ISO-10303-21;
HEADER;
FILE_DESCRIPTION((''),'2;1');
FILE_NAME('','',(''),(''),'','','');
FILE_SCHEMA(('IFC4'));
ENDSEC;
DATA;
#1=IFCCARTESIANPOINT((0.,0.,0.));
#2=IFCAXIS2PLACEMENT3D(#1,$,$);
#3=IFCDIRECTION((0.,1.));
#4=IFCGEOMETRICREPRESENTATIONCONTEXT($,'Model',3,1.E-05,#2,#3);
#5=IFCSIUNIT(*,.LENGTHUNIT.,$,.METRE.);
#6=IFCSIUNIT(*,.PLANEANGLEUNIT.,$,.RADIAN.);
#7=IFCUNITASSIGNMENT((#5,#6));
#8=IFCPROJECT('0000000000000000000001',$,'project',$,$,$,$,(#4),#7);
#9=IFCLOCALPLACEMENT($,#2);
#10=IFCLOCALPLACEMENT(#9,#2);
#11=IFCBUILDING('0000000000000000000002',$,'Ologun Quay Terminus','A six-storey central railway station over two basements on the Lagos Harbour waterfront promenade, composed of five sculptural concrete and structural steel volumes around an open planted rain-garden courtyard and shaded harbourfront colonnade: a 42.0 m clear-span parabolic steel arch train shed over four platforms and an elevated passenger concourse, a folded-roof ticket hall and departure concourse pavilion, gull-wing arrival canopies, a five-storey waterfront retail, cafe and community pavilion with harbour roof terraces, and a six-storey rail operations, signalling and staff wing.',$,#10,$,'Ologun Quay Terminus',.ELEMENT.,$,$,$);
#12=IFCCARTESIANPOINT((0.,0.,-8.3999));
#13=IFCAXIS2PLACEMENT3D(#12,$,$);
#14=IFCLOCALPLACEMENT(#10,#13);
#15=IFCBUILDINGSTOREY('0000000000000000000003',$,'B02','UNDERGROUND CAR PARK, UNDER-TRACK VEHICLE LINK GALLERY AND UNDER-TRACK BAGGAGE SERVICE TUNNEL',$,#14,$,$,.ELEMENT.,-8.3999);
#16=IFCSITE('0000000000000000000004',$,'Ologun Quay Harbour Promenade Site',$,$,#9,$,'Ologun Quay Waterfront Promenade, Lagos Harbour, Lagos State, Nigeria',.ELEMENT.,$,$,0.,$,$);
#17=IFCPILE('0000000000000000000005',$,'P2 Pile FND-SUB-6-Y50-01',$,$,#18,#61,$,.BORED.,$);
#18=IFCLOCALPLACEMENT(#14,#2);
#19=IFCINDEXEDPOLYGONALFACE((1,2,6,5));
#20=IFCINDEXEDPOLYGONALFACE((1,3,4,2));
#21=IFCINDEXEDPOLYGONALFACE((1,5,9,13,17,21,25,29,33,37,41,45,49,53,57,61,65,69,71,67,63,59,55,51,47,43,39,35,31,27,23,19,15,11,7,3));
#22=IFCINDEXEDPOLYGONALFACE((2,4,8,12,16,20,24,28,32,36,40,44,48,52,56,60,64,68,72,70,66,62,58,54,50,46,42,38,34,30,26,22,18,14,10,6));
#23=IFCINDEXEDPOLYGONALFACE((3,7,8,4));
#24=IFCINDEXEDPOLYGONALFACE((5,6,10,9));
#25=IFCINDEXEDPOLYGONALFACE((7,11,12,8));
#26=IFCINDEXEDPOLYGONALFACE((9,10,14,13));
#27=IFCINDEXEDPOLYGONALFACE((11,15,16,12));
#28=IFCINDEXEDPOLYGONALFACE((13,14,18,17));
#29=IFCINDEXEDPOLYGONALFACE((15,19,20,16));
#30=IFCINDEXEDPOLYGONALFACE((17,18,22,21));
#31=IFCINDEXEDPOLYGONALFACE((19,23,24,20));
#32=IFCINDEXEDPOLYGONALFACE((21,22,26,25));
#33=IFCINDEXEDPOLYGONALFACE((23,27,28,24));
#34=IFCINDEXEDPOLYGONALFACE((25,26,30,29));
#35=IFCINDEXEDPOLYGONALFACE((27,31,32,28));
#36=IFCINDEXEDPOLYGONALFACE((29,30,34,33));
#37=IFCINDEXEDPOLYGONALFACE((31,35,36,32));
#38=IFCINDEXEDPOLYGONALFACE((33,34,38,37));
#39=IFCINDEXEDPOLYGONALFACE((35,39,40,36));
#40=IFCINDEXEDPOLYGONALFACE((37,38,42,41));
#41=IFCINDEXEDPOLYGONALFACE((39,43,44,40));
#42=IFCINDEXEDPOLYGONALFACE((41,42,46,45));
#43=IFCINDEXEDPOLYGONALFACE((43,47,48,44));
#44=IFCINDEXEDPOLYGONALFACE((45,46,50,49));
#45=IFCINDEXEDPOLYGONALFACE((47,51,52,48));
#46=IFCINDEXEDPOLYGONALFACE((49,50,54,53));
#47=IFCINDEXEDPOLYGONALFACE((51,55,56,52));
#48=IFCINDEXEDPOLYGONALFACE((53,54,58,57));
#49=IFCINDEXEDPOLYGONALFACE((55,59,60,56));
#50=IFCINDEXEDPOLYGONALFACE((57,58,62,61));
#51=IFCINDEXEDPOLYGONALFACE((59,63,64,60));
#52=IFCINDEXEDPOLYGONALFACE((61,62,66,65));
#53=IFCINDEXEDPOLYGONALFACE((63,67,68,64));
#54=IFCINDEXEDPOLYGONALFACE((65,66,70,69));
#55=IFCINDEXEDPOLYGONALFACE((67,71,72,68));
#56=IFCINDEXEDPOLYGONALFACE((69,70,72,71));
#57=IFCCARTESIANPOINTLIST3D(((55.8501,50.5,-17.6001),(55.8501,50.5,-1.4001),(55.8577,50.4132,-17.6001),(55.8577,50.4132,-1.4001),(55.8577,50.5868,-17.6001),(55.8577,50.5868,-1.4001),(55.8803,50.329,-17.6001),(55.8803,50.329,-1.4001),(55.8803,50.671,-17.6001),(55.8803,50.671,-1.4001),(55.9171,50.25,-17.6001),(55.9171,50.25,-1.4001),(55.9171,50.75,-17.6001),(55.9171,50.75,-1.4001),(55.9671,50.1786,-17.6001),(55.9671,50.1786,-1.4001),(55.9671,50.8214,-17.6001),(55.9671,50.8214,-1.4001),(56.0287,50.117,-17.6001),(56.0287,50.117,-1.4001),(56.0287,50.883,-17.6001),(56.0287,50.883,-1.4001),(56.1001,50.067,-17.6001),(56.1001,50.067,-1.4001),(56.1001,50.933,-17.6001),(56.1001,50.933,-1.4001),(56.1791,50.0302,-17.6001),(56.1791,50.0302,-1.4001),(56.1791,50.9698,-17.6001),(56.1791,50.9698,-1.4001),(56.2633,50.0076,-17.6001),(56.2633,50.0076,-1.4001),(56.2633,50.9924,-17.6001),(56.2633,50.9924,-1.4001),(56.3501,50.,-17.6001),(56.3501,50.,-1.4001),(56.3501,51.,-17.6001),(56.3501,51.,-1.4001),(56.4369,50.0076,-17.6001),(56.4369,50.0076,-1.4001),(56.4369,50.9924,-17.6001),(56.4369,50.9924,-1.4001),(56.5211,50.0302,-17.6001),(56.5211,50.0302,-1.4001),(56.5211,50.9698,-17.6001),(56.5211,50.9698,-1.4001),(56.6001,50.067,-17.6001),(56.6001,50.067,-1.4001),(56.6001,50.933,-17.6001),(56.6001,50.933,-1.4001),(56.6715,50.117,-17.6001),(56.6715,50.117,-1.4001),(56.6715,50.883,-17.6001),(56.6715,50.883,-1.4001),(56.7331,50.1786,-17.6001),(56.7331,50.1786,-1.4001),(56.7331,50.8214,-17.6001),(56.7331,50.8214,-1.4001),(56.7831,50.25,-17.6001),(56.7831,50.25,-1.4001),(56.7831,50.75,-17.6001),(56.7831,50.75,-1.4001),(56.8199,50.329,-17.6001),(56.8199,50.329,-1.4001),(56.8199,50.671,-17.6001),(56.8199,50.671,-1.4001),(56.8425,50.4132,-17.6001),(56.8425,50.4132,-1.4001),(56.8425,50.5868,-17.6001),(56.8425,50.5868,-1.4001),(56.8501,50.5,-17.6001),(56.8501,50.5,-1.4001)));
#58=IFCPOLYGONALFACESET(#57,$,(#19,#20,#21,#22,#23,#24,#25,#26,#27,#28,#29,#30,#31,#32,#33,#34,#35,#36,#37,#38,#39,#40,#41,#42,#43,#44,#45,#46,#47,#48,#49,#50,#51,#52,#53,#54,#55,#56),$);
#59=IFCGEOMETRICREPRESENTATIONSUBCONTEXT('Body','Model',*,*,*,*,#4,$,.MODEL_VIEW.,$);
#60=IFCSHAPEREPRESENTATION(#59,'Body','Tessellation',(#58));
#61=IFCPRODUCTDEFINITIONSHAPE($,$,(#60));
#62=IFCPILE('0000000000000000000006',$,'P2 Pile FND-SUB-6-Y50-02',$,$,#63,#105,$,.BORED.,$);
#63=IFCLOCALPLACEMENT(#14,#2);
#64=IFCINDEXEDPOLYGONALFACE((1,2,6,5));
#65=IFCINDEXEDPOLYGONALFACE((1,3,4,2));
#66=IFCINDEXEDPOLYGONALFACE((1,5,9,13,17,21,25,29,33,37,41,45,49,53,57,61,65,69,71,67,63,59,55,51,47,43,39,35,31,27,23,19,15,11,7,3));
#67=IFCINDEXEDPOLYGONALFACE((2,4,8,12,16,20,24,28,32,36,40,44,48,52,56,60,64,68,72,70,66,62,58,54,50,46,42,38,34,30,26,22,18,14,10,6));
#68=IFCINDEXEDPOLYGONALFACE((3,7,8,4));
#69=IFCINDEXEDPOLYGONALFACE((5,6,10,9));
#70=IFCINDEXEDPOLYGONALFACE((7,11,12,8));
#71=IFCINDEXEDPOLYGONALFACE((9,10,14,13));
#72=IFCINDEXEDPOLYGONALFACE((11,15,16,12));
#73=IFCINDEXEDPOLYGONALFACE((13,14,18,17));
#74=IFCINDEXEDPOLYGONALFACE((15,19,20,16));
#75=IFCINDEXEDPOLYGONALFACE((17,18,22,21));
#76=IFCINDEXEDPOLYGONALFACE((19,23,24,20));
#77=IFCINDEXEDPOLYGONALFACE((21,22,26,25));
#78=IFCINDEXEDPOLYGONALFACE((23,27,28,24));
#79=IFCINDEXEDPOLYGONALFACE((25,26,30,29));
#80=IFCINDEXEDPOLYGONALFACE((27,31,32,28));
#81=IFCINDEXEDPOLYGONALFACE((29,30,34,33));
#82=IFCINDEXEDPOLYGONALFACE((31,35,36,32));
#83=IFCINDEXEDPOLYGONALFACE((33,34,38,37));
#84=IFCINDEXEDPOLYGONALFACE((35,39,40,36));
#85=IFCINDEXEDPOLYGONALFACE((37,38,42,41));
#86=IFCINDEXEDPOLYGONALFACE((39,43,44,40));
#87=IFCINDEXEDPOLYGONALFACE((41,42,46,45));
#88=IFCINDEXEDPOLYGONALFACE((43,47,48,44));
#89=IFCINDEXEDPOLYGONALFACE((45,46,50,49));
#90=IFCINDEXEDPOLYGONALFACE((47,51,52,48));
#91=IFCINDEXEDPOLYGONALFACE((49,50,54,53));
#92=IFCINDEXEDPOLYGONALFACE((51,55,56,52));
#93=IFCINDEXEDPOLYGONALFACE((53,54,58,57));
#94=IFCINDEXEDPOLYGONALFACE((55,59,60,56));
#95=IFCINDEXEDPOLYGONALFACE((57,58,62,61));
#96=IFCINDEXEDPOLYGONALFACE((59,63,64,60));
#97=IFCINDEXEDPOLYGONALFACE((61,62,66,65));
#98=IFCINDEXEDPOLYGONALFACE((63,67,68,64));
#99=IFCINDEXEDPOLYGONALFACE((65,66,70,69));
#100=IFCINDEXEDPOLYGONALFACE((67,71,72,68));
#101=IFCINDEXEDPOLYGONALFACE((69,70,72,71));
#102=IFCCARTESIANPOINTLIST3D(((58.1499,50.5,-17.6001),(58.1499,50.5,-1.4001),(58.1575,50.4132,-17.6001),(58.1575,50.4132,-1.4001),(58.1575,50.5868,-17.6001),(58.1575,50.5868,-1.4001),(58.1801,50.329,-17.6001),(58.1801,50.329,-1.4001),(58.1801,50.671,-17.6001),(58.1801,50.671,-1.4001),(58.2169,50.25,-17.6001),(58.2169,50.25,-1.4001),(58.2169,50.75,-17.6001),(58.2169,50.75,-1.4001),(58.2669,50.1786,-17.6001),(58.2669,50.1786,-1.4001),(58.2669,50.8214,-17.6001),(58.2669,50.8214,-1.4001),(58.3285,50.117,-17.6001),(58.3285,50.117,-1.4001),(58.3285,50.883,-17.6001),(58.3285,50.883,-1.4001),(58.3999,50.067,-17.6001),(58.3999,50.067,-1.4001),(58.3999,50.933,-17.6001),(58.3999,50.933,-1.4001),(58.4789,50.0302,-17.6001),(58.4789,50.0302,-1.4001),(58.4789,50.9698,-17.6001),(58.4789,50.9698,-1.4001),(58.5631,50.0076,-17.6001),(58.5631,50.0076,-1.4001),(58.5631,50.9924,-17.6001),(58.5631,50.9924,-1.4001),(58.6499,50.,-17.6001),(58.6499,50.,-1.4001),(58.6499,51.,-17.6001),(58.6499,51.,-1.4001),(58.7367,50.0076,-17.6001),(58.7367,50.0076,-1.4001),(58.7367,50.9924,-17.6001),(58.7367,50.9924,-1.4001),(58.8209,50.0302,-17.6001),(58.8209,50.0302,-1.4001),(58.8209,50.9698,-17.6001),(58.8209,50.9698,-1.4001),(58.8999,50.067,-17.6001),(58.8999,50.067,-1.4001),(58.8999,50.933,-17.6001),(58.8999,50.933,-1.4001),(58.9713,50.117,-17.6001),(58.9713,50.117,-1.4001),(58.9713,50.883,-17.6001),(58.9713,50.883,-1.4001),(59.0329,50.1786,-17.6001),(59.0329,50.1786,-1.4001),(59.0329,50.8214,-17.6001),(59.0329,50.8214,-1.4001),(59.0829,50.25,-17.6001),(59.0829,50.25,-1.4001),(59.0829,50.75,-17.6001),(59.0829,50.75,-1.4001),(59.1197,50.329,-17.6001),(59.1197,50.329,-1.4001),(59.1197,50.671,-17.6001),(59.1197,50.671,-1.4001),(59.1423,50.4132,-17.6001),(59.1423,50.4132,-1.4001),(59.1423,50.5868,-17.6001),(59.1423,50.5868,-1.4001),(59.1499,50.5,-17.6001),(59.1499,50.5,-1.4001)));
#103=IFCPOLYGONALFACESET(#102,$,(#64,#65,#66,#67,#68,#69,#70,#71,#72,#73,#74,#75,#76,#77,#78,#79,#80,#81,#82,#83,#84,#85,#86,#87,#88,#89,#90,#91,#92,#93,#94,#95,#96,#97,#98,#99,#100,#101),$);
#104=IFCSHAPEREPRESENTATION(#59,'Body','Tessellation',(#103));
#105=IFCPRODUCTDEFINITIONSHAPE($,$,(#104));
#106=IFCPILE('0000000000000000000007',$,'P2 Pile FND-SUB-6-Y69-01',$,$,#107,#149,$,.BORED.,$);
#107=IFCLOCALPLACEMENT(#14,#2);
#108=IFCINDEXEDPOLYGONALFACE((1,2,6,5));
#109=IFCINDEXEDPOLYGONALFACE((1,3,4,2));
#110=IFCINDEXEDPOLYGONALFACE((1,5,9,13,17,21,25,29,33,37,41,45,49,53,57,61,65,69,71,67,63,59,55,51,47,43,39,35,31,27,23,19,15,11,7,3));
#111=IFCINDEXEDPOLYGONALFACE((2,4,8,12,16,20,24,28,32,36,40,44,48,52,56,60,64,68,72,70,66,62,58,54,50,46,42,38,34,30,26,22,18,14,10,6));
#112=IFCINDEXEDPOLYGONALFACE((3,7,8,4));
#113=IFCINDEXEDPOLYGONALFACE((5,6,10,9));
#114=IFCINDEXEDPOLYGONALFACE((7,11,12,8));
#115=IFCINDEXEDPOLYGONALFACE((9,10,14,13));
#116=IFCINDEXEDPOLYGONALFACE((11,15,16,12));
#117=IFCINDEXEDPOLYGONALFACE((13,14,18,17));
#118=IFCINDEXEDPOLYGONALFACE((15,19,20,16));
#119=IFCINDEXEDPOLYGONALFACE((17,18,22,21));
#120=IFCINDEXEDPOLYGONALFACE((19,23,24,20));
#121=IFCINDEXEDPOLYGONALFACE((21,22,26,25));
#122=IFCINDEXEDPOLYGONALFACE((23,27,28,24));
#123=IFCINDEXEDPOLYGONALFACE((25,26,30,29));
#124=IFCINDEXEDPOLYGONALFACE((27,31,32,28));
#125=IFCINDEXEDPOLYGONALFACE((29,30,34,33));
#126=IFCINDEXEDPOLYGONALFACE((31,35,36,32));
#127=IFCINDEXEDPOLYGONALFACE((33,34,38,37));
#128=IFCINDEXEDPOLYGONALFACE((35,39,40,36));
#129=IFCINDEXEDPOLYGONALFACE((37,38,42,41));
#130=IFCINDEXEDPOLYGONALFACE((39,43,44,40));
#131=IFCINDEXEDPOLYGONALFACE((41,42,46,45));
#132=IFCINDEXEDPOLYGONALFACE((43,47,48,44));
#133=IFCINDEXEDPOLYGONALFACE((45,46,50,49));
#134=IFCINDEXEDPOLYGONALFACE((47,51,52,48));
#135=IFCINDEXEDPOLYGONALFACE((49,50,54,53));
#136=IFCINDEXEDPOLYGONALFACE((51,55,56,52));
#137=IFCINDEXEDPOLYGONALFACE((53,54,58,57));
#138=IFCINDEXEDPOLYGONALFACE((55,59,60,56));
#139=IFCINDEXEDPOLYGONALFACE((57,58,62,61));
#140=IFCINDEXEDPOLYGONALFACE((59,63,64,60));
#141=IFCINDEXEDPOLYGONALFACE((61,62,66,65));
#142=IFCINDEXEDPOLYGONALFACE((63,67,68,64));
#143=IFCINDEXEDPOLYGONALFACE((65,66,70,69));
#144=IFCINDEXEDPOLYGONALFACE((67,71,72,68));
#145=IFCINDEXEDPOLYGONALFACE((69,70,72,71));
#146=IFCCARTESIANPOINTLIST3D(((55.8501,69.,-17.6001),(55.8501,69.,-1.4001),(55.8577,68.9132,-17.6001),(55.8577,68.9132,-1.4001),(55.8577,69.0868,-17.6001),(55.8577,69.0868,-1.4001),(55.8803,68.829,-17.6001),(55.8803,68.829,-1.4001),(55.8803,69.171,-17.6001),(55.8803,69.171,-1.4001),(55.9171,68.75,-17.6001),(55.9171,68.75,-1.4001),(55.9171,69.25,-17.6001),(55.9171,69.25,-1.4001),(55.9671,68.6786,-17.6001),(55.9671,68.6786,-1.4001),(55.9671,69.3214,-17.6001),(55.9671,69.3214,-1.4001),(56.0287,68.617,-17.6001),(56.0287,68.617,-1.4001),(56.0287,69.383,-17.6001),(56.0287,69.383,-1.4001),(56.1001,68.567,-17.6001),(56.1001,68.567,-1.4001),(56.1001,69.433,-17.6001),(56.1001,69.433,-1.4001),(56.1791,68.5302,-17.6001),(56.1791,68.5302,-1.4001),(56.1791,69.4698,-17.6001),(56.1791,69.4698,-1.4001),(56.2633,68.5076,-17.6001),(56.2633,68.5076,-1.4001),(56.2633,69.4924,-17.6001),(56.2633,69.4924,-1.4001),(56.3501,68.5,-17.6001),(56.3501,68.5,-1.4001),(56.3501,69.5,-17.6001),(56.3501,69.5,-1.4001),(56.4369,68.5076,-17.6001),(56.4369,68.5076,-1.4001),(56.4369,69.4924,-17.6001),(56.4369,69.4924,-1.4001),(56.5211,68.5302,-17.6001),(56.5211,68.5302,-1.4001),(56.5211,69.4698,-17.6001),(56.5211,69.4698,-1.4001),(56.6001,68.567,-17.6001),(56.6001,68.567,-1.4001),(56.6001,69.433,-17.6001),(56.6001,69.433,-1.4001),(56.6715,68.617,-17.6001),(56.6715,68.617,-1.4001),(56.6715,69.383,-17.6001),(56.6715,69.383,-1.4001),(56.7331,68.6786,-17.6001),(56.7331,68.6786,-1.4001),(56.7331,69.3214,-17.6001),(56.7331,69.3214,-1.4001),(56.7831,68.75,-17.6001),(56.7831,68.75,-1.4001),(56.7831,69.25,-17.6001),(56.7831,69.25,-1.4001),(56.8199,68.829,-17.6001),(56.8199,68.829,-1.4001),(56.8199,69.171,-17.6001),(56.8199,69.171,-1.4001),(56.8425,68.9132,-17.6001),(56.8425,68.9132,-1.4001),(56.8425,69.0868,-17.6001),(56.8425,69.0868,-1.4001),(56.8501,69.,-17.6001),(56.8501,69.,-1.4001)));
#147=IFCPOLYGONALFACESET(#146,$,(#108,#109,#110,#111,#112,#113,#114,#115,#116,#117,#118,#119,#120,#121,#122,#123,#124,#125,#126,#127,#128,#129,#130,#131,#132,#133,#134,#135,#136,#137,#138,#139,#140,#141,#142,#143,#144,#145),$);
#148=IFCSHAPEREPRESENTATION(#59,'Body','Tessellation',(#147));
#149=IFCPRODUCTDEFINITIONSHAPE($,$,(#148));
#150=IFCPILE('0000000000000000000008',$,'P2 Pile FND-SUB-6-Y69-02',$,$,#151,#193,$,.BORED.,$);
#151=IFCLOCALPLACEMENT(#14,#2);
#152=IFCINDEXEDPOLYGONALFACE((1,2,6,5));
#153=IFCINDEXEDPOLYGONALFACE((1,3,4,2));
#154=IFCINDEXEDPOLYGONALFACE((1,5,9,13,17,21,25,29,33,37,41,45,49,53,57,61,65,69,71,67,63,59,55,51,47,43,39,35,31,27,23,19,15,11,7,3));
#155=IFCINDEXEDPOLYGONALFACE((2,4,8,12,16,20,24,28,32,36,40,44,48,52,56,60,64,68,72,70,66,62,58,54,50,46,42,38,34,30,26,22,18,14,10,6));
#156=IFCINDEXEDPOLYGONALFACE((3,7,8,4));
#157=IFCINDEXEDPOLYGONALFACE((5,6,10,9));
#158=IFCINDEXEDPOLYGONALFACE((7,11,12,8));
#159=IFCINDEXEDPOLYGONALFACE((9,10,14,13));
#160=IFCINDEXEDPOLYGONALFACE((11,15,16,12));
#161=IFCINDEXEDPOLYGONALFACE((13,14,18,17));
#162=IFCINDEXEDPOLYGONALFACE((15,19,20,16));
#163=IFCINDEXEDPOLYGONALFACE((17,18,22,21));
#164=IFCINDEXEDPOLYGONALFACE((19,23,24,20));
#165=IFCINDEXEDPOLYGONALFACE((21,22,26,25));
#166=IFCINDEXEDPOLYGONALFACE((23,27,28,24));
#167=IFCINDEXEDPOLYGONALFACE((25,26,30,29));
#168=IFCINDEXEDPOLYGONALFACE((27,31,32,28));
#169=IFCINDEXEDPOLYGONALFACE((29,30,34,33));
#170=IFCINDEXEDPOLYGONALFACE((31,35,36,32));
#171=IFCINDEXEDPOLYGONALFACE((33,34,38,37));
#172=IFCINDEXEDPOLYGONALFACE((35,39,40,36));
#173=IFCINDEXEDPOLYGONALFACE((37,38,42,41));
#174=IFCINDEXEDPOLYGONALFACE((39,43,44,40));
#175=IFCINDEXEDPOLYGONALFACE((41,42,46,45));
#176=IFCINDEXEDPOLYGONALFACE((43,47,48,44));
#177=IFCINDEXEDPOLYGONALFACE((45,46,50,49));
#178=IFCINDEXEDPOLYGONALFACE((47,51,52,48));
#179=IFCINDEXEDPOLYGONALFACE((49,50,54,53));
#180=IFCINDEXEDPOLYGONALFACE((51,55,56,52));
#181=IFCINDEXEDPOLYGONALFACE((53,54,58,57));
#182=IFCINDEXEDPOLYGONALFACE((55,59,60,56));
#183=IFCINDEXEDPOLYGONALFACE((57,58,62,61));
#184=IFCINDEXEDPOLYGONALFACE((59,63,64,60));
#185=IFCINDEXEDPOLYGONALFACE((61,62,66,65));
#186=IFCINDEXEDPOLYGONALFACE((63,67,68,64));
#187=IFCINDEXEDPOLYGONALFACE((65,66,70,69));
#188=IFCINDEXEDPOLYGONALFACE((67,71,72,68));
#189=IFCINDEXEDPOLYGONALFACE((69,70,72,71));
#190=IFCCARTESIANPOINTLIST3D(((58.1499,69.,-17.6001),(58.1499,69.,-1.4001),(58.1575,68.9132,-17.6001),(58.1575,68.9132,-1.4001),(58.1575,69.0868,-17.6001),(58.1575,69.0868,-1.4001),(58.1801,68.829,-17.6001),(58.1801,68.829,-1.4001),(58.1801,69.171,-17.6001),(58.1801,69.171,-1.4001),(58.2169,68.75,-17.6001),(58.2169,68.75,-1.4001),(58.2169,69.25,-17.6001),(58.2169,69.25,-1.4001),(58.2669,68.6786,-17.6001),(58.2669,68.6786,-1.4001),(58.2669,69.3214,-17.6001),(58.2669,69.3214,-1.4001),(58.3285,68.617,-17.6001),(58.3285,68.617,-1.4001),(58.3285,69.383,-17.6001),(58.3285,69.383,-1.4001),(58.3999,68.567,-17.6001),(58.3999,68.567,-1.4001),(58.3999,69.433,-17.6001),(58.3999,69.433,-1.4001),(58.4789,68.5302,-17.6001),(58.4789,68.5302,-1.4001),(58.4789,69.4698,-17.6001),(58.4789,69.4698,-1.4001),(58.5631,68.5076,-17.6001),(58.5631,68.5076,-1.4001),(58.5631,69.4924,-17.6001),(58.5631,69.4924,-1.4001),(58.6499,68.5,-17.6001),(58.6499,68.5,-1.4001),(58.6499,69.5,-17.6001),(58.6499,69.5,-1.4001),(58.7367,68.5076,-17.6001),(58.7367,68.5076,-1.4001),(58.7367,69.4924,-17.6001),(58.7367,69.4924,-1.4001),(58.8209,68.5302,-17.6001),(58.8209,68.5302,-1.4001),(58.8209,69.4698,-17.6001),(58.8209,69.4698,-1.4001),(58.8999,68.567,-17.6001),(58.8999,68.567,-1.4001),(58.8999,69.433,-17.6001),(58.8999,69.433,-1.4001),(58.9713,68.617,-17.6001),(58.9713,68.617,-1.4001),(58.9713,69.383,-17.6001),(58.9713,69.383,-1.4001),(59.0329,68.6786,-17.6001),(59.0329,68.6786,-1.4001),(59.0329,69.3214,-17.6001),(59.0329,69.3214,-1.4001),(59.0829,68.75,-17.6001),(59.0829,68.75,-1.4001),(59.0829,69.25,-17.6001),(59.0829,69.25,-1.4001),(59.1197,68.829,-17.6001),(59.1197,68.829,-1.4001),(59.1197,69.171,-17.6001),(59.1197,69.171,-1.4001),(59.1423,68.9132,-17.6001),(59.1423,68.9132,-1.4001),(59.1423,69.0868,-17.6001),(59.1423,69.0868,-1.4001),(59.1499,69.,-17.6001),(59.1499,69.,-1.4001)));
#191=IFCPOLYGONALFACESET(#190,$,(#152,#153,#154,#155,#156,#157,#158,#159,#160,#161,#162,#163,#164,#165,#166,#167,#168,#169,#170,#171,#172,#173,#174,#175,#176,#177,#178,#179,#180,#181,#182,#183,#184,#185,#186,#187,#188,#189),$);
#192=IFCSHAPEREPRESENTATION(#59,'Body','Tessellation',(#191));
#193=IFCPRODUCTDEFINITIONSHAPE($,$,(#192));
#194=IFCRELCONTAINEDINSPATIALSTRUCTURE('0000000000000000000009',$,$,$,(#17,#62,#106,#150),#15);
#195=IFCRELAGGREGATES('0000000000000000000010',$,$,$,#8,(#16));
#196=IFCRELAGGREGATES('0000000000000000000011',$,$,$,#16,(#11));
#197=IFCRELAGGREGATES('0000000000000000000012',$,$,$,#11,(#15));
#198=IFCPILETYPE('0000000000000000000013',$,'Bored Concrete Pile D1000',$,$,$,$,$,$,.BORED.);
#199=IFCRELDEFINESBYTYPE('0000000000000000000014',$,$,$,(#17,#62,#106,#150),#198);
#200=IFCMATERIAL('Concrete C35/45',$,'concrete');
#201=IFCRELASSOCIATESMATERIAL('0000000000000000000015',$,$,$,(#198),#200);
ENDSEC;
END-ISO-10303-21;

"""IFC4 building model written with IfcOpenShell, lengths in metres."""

from ifc_helpers import new_model, si_unit, direction, frame, origin, origin_2d, place, context, subcontext, project, spatial, circle, extrude, material, material_profile, profile_set, type_object, element, save


model = new_model("IFC4")

# Units and contexts
model_context = context("Model", 3, precision=1e-05, world=origin(), true_north=direction((0.0, 1.0)))
body_context = subcontext(model_context, "Body", "Model", "MODEL_VIEW")
ifc_project = project(units=[si_unit("LENGTHUNIT", "METRE"), si_unit("PLANEANGLEUNIT", "RADIAN")], contexts=[model_context])

# Site, building, storey
site_placement = place(None, origin())
site = spatial("IfcSite", under=ifc_project, at=site_placement, Name="Ologun Quay Harbour Promenade Site", LongName="Ologun Quay Waterfront Promenade, Lagos Harbour, Lagos State, Nigeria", CompositionType="ELEMENT", RefElevation=0.0)
building_placement = place(site_placement, origin())
building = spatial("IfcBuilding", under=site, at=building_placement, Name="Ologun Quay Terminus", Description="A six-storey central railway station over two basements on the Lagos Harbour waterfront promenade, composed of five sculptural concrete and structural steel volumes around an open planted rain-garden courtyard and shaded harbourfront colonnade: a 42.0 m clear-span parabolic steel arch train shed over four platforms and an elevated passenger concourse, a folded-roof ticket hall and departure concourse pavilion, gull-wing arrival canopies, a five-storey waterfront retail, cafe and community pavilion with harbour roof terraces, and a six-storey rail operations, signalling and staff wing.", LongName="Ologun Quay Terminus", CompositionType="ELEMENT")
storey_placement = place(building_placement, frame((0.0, 0.0, -8.3999)))
storey = spatial("IfcBuildingStorey", under=building, at=storey_placement, Name="B02", Description="UNDERGROUND CAR PARK, UNDER-TRACK VEHICLE LINK GALLERY AND UNDER-TRACK BAGGAGE SERVICE TUNNEL", CompositionType="ELEMENT", Elevation=-8.3999)

# Piles
ifc_material_1 = material(Name="Concrete C35/45", Category="concrete")
ifc_material_profile_1 = material_profile(ifc_material_1, circle(Radius=0.5, at=origin_2d()), Name="PILE D1000")
ifc_profile_set_1 = profile_set([ifc_material_profile_1], Name="Concrete C35/45")
pile_type_1 = type_object("IfcPileType", Name="Bored Concrete Pile D1000", PredefinedType="BORED", material=ifc_profile_set_1)
for number, where, z_axis, x_axis, name in (
    (1, (56.3501, 50.5, -1.4001), (0.0, 0.0, -1.0), (1.0, 0.0, 0.0), "P2 Pile FND-SUB-6-Y50-01"),
    (2, (58.6499, 50.5, -1.4001), (0.0, 0.0, -1.0), (1.0, 0.0, 0.0), "P2 Pile FND-SUB-6-Y50-02"),
    (3, (56.3501, 69.0, -1.4001), (0.0, 0.0, -1.0), (1.0, 0.0, 0.0), "P2 Pile FND-SUB-6-Y69-01"),
    (4, (58.6499, 69.0, -1.4001), (0.0, 0.0, -1.0), (1.0, 0.0, 0.0), "P2 Pile FND-SUB-6-Y69-02"),
):
    element("IfcPile", number, at=place(storey_placement, frame(where, z_axis=z_axis, x_axis=x_axis)), inside=storey, type_object=pile_type_1, Name=name, PredefinedType="BORED", context=body_context, shape_type="SweptSolid", body=[
        extrude(circle(Radius=0.5, at=origin_2d()), origin(), (0.0, 0.0, 1.0), 16.2),
    ])

save(model, "model.ifc")
